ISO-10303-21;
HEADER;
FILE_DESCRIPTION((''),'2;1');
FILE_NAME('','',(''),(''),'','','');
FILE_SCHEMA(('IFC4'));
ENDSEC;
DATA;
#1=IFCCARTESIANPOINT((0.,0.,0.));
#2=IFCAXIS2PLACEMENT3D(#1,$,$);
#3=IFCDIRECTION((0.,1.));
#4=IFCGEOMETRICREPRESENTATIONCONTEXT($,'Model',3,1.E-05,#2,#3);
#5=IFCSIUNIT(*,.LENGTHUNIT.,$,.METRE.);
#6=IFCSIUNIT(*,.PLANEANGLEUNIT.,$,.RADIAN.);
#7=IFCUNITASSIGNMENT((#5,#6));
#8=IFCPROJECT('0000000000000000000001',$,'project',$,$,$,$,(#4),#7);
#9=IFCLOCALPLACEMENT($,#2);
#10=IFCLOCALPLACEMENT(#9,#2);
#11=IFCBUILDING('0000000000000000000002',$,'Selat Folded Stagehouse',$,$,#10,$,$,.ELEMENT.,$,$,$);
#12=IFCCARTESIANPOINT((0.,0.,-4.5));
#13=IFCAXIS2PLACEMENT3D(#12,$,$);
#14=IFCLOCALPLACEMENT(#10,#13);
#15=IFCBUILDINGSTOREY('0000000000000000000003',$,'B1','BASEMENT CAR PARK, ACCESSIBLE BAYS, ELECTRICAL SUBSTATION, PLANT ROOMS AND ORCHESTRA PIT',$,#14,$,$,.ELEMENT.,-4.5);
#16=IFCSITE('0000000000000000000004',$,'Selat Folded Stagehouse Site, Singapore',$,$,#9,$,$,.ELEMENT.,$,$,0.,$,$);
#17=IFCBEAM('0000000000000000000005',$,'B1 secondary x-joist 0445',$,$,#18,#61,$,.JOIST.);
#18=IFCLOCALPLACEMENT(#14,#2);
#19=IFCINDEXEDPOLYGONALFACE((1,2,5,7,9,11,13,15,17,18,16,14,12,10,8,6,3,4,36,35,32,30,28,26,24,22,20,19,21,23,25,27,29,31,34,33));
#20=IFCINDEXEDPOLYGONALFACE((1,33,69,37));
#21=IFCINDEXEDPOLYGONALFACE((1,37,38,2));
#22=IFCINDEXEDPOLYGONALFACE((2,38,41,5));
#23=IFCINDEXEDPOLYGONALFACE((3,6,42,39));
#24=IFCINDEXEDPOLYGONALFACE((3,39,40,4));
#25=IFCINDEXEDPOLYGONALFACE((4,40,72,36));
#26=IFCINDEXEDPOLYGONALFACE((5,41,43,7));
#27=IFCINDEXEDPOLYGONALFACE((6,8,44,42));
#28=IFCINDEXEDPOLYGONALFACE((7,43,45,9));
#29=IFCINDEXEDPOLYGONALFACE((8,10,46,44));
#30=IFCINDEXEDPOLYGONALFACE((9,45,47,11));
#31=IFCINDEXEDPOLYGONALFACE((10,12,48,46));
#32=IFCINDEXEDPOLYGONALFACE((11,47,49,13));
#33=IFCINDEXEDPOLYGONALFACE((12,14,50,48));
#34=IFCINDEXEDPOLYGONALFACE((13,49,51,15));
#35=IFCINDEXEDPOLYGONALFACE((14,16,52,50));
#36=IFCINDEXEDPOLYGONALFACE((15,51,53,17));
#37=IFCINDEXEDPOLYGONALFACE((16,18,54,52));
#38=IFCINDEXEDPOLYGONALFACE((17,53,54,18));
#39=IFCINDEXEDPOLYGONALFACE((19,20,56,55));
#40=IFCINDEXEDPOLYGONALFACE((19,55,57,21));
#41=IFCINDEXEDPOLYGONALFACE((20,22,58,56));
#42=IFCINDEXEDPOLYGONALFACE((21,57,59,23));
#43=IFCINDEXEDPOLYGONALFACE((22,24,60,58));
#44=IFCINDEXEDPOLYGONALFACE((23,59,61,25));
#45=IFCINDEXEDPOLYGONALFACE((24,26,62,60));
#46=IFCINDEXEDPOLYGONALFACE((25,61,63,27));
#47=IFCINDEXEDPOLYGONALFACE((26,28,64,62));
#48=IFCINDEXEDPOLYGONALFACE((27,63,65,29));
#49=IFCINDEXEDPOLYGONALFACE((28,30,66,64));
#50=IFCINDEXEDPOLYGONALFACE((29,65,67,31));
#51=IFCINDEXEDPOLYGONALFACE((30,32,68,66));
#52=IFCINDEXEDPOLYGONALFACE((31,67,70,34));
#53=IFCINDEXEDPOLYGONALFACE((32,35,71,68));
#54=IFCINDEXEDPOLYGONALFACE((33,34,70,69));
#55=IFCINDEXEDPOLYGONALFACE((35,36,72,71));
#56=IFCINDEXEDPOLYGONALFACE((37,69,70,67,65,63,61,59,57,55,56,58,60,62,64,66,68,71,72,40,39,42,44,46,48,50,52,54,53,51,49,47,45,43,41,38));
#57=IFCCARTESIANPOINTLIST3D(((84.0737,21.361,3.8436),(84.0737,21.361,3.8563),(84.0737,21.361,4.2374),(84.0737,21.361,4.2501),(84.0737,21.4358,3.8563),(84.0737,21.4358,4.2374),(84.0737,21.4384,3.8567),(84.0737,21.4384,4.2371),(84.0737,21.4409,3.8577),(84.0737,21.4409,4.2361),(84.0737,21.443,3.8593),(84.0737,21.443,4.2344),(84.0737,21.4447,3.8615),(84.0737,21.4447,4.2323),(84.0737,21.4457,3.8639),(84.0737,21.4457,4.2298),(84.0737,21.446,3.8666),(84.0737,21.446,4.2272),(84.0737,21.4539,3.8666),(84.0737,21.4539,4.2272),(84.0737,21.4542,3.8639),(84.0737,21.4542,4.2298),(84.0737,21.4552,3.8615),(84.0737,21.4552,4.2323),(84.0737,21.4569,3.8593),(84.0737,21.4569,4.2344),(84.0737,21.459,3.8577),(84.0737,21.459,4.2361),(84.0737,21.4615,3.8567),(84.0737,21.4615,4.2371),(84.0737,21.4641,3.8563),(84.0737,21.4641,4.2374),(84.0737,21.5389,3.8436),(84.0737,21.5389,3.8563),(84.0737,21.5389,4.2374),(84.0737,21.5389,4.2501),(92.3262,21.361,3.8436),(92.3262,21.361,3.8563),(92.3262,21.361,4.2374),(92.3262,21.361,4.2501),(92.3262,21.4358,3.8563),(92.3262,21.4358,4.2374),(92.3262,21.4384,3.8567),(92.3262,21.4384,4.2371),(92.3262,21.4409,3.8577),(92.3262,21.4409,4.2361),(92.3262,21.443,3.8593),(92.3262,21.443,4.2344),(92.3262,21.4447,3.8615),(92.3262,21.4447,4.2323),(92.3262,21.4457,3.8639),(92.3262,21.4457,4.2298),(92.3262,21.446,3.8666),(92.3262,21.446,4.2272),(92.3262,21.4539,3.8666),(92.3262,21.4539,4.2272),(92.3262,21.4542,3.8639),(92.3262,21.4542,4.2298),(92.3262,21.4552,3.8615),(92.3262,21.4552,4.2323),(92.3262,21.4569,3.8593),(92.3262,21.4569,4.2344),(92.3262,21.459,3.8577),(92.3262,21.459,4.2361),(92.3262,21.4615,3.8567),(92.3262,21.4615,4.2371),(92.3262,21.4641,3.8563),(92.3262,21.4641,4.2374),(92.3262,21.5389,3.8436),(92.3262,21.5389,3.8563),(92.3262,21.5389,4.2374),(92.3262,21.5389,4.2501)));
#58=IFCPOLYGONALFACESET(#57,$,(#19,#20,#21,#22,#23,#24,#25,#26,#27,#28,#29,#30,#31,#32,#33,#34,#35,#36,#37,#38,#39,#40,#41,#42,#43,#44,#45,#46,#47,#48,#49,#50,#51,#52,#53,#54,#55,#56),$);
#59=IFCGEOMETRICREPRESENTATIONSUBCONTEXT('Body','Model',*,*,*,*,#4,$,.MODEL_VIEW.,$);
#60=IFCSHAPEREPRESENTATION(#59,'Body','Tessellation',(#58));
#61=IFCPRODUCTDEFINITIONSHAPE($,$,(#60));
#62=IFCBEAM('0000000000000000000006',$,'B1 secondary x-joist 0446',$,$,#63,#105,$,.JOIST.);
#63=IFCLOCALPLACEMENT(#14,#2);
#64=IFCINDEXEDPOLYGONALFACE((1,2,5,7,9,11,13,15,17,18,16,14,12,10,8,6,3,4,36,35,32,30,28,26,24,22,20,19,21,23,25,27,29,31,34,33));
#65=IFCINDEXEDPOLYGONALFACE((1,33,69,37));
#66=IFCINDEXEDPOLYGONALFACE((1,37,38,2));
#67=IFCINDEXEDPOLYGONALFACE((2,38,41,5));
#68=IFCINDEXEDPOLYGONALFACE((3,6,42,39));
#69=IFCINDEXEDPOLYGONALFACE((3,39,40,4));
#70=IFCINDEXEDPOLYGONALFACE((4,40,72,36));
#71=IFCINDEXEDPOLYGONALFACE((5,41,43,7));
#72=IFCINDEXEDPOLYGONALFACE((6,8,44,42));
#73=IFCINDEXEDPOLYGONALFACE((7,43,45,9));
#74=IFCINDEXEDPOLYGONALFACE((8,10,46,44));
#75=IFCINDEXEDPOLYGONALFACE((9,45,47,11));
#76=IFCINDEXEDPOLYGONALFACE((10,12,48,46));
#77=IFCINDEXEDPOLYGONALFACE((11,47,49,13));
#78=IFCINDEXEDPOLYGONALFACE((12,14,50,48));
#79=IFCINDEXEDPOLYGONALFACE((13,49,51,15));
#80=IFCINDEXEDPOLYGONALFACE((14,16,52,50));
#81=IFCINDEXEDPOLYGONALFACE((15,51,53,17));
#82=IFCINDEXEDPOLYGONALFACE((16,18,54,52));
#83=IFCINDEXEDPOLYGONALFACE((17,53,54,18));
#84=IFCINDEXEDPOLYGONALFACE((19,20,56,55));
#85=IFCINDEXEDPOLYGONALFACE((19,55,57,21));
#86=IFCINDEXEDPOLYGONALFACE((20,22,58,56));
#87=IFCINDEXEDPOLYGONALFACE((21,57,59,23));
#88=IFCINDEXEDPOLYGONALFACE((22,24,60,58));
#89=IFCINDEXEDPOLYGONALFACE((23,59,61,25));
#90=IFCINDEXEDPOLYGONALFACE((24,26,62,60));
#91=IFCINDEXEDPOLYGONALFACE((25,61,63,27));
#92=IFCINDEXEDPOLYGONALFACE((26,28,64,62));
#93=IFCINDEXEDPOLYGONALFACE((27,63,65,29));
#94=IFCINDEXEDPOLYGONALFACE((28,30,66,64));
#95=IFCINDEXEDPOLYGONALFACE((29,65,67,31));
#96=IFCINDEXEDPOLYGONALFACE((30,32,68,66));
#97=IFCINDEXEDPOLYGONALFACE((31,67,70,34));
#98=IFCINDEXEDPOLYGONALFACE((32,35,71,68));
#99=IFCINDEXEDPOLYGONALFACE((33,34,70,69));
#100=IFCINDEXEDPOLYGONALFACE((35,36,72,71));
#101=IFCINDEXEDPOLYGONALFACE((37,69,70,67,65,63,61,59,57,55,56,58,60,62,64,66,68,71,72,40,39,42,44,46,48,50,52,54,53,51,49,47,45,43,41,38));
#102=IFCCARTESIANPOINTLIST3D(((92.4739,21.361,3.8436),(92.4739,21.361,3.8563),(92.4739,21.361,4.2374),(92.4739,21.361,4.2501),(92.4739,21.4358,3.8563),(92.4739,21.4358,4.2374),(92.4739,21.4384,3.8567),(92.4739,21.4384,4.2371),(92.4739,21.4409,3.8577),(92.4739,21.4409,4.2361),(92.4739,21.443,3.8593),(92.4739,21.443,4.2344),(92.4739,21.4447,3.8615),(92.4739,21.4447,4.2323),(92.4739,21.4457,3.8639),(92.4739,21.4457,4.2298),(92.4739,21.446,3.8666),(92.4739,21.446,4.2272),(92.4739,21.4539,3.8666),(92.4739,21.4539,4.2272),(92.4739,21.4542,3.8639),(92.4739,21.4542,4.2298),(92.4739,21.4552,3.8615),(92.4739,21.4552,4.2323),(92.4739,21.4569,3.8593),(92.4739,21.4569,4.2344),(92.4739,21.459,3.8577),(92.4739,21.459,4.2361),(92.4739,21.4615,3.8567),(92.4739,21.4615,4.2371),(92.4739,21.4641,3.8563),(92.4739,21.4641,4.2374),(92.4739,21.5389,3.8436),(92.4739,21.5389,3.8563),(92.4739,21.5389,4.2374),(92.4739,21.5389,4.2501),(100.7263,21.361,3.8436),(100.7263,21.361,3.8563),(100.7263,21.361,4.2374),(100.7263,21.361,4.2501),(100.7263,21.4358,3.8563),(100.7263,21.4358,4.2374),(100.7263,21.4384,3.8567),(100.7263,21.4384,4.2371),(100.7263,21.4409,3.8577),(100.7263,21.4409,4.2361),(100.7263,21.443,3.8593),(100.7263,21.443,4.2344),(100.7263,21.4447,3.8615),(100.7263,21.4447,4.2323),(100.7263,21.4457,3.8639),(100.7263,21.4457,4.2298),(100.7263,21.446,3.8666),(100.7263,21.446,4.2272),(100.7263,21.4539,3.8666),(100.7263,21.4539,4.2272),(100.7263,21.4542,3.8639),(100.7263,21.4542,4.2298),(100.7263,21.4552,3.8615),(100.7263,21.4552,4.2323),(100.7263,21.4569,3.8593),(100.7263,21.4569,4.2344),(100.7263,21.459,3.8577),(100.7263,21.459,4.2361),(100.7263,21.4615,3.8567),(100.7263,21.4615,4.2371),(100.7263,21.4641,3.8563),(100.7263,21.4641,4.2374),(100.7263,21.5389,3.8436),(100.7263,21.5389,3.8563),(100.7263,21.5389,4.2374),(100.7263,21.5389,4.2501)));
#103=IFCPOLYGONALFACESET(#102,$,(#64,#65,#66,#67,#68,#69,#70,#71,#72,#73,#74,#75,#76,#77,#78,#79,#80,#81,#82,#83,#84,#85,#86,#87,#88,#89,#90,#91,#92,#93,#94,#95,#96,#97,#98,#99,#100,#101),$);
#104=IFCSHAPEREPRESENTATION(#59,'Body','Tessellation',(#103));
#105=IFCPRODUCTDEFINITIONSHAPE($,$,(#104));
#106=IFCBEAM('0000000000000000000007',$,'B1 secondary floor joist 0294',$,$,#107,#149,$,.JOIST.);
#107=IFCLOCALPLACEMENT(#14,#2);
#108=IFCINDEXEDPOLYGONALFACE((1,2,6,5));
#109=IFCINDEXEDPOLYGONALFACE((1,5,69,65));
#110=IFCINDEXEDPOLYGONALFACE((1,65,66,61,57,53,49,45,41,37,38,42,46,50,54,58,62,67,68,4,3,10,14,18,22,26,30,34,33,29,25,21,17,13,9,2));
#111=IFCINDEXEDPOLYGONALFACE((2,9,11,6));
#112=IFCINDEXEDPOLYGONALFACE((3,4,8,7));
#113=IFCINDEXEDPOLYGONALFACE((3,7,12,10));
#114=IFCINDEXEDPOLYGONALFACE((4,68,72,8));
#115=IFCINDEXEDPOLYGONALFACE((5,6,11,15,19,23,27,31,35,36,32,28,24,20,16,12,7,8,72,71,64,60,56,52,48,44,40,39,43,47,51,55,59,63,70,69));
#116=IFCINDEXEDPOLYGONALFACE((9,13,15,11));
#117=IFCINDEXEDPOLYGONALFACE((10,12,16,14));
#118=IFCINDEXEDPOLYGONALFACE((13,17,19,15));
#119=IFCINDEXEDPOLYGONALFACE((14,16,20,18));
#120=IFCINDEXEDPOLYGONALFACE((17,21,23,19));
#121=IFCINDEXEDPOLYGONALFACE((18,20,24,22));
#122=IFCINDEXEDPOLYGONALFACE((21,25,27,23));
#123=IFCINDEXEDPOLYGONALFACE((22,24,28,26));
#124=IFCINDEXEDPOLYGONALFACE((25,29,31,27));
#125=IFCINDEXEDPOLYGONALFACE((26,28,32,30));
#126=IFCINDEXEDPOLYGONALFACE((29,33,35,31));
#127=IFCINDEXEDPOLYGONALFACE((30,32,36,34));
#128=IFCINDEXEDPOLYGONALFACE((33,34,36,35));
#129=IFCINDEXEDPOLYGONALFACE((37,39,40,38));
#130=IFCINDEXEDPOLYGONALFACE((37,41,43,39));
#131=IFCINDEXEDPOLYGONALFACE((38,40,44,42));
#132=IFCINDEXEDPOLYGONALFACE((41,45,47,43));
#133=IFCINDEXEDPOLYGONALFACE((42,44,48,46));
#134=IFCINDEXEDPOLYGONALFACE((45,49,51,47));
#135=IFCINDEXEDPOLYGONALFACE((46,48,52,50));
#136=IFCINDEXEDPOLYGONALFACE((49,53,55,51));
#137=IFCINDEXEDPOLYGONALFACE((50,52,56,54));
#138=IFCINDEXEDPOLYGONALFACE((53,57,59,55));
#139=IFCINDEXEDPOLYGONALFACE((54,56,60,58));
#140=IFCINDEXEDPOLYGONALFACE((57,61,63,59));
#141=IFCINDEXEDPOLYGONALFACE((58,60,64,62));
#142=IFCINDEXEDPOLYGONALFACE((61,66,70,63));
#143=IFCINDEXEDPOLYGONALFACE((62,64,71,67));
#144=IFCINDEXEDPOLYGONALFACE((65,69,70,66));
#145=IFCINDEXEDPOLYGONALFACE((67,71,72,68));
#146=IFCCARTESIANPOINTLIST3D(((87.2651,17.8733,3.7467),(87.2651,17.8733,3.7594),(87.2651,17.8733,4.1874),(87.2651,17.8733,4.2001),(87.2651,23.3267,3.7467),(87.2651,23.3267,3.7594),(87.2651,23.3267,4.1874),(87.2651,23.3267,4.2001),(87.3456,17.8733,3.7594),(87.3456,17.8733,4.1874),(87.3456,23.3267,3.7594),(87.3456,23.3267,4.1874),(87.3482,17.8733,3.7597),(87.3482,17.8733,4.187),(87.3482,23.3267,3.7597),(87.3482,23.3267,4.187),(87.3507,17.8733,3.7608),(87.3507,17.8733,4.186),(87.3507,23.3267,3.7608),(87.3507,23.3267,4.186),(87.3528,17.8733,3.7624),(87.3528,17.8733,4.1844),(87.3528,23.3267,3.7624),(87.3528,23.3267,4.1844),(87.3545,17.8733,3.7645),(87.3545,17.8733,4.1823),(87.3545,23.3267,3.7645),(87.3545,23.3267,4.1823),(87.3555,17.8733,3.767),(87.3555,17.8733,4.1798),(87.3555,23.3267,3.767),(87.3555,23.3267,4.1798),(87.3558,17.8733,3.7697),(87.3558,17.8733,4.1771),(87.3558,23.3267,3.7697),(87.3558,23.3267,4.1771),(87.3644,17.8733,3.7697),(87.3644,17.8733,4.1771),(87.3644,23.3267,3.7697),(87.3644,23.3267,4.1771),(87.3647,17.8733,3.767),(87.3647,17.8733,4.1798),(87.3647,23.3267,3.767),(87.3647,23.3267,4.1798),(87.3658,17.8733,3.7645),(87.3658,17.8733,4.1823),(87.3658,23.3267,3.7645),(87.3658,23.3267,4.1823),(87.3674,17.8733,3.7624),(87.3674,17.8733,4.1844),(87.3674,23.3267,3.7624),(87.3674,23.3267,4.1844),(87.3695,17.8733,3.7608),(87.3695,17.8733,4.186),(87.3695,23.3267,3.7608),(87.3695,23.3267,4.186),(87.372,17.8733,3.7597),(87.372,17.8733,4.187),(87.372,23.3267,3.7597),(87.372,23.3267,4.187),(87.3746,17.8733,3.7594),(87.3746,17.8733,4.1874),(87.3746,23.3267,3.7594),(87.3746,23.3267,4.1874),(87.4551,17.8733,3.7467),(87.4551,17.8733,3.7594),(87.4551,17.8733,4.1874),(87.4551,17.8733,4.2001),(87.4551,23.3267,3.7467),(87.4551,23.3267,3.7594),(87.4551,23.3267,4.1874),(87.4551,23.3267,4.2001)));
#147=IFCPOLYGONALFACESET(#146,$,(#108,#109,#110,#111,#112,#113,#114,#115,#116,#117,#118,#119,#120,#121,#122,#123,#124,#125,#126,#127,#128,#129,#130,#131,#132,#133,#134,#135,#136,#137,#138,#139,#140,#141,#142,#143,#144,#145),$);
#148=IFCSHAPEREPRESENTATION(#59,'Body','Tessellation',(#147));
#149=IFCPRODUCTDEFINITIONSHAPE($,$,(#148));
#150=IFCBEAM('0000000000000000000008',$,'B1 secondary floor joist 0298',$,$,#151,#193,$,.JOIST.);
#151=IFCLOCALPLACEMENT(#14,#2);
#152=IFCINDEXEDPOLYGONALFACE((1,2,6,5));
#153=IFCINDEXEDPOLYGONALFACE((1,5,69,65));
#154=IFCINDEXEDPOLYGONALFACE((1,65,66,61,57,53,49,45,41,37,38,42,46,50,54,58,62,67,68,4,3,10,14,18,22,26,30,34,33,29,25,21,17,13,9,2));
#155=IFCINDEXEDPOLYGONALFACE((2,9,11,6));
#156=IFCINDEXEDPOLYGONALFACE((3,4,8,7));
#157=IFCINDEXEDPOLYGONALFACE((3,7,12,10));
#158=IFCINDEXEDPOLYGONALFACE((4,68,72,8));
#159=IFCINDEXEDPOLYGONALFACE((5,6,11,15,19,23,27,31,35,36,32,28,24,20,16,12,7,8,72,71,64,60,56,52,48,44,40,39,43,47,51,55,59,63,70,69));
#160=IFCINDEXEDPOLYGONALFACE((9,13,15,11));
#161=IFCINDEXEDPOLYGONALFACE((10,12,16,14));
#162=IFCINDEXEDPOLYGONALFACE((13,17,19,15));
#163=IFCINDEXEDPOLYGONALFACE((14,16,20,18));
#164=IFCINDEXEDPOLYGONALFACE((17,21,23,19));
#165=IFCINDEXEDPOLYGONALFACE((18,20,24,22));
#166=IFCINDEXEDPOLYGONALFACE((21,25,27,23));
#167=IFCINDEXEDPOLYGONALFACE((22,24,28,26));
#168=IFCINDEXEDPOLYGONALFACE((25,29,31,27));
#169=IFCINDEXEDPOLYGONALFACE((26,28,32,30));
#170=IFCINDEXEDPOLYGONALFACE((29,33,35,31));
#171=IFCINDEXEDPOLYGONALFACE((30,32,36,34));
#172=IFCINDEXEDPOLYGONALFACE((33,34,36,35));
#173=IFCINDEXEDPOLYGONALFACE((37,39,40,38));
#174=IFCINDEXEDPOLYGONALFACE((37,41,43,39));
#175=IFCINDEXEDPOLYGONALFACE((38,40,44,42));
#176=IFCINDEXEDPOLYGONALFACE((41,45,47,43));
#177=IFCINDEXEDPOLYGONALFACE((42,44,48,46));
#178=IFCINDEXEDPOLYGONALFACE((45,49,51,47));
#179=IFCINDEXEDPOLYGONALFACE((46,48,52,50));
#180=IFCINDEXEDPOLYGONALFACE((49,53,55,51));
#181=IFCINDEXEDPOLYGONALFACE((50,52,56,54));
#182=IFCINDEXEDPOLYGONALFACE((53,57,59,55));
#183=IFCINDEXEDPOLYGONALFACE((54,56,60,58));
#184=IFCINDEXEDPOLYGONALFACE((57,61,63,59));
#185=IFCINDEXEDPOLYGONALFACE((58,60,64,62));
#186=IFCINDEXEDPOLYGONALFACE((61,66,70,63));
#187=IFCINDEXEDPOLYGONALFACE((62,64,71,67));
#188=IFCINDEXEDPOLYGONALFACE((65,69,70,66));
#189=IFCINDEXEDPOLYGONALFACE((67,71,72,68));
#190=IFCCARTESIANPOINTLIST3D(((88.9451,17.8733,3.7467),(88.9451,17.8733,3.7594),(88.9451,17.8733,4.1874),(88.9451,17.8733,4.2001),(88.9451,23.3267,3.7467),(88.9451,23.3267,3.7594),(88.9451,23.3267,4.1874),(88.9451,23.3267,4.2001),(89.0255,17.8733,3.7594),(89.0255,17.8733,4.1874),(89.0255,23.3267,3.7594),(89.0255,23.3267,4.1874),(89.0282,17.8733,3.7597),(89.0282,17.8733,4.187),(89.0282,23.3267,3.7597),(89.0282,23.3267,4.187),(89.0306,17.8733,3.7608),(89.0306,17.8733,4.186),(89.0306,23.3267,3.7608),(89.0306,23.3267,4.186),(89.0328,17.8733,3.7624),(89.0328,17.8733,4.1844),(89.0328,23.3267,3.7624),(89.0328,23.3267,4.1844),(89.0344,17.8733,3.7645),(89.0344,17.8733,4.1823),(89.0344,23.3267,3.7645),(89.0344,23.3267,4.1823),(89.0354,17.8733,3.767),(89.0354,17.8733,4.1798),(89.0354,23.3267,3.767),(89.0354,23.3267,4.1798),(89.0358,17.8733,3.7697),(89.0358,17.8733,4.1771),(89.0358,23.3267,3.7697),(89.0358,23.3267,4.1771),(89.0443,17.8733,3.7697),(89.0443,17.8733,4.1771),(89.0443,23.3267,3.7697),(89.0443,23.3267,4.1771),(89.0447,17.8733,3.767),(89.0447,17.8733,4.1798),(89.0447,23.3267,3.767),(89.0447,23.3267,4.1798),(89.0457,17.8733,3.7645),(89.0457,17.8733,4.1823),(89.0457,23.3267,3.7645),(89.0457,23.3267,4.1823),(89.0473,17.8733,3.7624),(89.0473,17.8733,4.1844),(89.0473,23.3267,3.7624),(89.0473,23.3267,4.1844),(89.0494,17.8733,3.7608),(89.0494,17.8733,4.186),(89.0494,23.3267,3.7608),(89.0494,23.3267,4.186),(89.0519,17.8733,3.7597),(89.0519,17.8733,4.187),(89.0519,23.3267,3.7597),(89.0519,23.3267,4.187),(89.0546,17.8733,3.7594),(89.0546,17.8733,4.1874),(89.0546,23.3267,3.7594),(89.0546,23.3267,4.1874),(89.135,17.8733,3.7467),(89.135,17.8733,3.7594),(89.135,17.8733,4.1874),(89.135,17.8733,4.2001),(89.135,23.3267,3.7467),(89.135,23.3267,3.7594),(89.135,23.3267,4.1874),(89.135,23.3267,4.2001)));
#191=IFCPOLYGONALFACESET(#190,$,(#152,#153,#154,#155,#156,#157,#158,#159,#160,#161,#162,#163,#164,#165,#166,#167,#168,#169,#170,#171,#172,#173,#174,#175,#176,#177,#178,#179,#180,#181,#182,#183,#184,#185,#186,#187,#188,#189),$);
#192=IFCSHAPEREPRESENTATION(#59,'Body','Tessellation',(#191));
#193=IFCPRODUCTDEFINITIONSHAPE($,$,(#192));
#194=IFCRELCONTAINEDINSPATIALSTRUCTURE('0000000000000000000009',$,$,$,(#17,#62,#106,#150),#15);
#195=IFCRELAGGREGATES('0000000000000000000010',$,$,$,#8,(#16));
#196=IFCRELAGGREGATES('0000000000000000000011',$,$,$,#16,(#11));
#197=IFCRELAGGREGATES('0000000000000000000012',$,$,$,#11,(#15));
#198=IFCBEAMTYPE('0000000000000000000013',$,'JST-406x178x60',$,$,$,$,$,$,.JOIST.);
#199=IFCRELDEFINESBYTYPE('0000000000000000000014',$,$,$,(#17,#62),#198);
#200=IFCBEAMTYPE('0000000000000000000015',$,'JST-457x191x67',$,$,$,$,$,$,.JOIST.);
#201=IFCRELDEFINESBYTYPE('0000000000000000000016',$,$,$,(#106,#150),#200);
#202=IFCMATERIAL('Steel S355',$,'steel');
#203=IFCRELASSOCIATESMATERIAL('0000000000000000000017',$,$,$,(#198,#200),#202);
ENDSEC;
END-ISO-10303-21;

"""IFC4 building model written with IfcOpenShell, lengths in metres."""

from ifc_helpers import new_model, si_unit, direction, frame, origin, origin_2d, place, context, subcontext, project, spatial, i_section, extrude, material, material_profile, profile_set, type_object, element, save


model = new_model("IFC4")

# Units and contexts
model_context = context("Model", 3, precision=1e-05, world=origin(), true_north=direction((0.0, 1.0)))
body_context = subcontext(model_context, "Body", "Model", "MODEL_VIEW")
ifc_project = project(units=[si_unit("LENGTHUNIT", "METRE"), si_unit("PLANEANGLEUNIT", "RADIAN")], contexts=[model_context])

# Site, building, storey
site_placement = place(None, origin())
site = spatial("IfcSite", under=ifc_project, at=site_placement, Name="Selat Folded Stagehouse Site, Singapore", CompositionType="ELEMENT", RefElevation=0.0)
building_placement = place(site_placement, origin())
building = spatial("IfcBuilding", under=site, at=building_placement, Name="Selat Folded Stagehouse", CompositionType="ELEMENT")
storey_placement = place(building_placement, frame((0.0, 0.0, -4.5)))
storey = spatial("IfcBuildingStorey", under=building, at=storey_placement, Name="B1", Description="BASEMENT CAR PARK, ACCESSIBLE BAYS, ELECTRICAL SUBSTATION, PLANT ROOMS AND ORCHESTRA PIT", CompositionType="ELEMENT", Elevation=-4.5)

# Beams
ifc_material_1 = material(Name="Steel S355", Category="steel")
ifc_material_profile_1 = material_profile(ifc_material_1, i_section(OverallWidth=0.178, OverallDepth=0.4065, WebThickness=0.0078, FlangeThickness=0.0127, FilletRadius=0.0103, at=origin_2d()), Name="UKB 406x178x60")
ifc_profile_set_1 = profile_set([ifc_material_profile_1], Name="Steel S355")
beam_type_1 = type_object("IfcBeamType", Name="JST-406x178x60", PredefinedType="JOIST", material=ifc_profile_set_1)
for number, where, z_axis, x_axis, name in (
    (1, (84.0737, 21.45, 4.0469), (1.0, 0.0, 0.0), (0.0, 1.0, 0.0), "B1 secondary x-joist 0445"),
    (2, (92.4739, 21.45, 4.0469), (1.0, 0.0, 0.0), (0.0, 1.0, 0.0), "B1 secondary x-joist 0446"),
):
    element("IfcBeam", number, at=place(storey_placement, frame(where, z_axis=z_axis, x_axis=x_axis)), inside=storey, type_object=beam_type_1, Name=name, PredefinedType="JOIST", context=body_context, shape_type="SweptSolid", body=[
        extrude(i_section(OverallWidth=0.178, OverallDepth=0.4065, WebThickness=0.0078, FlangeThickness=0.0127, FilletRadius=0.0103, at=origin_2d()), origin(), (0.0, 0.0, 1.0), 8.2524),
    ])
ifc_material_profile_2 = material_profile(ifc_material_1, i_section(OverallWidth=0.1899, OverallDepth=0.4534, WebThickness=0.0085, FlangeThickness=0.0127, FilletRadius=0.0103, at=origin_2d()), Name="UKB 457x191x67")
ifc_profile_set_2 = profile_set([ifc_material_profile_2], Name="Steel S355")
beam_type_2 = type_object("IfcBeamType", Name="JST-457x191x67", PredefinedType="JOIST", material=ifc_profile_set_2)
for number, where, z_axis, x_axis, name in (
    (3, (87.3601, 17.8733, 3.9734), (0.0, 1.0, 0.0), (-1.0, 0.0, 0.0), "B1 secondary floor joist 0294"),
    (4, (89.04, 17.8733, 3.9734), (0.0, 1.0, 0.0), (-1.0, 0.0, 0.0), "B1 secondary floor joist 0298"),
):
    element("IfcBeam", number, at=place(storey_placement, frame(where, z_axis=z_axis, x_axis=x_axis)), inside=storey, type_object=beam_type_2, Name=name, PredefinedType="JOIST", context=body_context, shape_type="SweptSolid", body=[
        extrude(i_section(OverallWidth=0.1899, OverallDepth=0.4534, WebThickness=0.0085, FlangeThickness=0.0127, FilletRadius=0.0103, at=origin_2d()), origin(), (0.0, 0.0, 1.0), 5.4534),
    ])

save(model, "model.ifc")
